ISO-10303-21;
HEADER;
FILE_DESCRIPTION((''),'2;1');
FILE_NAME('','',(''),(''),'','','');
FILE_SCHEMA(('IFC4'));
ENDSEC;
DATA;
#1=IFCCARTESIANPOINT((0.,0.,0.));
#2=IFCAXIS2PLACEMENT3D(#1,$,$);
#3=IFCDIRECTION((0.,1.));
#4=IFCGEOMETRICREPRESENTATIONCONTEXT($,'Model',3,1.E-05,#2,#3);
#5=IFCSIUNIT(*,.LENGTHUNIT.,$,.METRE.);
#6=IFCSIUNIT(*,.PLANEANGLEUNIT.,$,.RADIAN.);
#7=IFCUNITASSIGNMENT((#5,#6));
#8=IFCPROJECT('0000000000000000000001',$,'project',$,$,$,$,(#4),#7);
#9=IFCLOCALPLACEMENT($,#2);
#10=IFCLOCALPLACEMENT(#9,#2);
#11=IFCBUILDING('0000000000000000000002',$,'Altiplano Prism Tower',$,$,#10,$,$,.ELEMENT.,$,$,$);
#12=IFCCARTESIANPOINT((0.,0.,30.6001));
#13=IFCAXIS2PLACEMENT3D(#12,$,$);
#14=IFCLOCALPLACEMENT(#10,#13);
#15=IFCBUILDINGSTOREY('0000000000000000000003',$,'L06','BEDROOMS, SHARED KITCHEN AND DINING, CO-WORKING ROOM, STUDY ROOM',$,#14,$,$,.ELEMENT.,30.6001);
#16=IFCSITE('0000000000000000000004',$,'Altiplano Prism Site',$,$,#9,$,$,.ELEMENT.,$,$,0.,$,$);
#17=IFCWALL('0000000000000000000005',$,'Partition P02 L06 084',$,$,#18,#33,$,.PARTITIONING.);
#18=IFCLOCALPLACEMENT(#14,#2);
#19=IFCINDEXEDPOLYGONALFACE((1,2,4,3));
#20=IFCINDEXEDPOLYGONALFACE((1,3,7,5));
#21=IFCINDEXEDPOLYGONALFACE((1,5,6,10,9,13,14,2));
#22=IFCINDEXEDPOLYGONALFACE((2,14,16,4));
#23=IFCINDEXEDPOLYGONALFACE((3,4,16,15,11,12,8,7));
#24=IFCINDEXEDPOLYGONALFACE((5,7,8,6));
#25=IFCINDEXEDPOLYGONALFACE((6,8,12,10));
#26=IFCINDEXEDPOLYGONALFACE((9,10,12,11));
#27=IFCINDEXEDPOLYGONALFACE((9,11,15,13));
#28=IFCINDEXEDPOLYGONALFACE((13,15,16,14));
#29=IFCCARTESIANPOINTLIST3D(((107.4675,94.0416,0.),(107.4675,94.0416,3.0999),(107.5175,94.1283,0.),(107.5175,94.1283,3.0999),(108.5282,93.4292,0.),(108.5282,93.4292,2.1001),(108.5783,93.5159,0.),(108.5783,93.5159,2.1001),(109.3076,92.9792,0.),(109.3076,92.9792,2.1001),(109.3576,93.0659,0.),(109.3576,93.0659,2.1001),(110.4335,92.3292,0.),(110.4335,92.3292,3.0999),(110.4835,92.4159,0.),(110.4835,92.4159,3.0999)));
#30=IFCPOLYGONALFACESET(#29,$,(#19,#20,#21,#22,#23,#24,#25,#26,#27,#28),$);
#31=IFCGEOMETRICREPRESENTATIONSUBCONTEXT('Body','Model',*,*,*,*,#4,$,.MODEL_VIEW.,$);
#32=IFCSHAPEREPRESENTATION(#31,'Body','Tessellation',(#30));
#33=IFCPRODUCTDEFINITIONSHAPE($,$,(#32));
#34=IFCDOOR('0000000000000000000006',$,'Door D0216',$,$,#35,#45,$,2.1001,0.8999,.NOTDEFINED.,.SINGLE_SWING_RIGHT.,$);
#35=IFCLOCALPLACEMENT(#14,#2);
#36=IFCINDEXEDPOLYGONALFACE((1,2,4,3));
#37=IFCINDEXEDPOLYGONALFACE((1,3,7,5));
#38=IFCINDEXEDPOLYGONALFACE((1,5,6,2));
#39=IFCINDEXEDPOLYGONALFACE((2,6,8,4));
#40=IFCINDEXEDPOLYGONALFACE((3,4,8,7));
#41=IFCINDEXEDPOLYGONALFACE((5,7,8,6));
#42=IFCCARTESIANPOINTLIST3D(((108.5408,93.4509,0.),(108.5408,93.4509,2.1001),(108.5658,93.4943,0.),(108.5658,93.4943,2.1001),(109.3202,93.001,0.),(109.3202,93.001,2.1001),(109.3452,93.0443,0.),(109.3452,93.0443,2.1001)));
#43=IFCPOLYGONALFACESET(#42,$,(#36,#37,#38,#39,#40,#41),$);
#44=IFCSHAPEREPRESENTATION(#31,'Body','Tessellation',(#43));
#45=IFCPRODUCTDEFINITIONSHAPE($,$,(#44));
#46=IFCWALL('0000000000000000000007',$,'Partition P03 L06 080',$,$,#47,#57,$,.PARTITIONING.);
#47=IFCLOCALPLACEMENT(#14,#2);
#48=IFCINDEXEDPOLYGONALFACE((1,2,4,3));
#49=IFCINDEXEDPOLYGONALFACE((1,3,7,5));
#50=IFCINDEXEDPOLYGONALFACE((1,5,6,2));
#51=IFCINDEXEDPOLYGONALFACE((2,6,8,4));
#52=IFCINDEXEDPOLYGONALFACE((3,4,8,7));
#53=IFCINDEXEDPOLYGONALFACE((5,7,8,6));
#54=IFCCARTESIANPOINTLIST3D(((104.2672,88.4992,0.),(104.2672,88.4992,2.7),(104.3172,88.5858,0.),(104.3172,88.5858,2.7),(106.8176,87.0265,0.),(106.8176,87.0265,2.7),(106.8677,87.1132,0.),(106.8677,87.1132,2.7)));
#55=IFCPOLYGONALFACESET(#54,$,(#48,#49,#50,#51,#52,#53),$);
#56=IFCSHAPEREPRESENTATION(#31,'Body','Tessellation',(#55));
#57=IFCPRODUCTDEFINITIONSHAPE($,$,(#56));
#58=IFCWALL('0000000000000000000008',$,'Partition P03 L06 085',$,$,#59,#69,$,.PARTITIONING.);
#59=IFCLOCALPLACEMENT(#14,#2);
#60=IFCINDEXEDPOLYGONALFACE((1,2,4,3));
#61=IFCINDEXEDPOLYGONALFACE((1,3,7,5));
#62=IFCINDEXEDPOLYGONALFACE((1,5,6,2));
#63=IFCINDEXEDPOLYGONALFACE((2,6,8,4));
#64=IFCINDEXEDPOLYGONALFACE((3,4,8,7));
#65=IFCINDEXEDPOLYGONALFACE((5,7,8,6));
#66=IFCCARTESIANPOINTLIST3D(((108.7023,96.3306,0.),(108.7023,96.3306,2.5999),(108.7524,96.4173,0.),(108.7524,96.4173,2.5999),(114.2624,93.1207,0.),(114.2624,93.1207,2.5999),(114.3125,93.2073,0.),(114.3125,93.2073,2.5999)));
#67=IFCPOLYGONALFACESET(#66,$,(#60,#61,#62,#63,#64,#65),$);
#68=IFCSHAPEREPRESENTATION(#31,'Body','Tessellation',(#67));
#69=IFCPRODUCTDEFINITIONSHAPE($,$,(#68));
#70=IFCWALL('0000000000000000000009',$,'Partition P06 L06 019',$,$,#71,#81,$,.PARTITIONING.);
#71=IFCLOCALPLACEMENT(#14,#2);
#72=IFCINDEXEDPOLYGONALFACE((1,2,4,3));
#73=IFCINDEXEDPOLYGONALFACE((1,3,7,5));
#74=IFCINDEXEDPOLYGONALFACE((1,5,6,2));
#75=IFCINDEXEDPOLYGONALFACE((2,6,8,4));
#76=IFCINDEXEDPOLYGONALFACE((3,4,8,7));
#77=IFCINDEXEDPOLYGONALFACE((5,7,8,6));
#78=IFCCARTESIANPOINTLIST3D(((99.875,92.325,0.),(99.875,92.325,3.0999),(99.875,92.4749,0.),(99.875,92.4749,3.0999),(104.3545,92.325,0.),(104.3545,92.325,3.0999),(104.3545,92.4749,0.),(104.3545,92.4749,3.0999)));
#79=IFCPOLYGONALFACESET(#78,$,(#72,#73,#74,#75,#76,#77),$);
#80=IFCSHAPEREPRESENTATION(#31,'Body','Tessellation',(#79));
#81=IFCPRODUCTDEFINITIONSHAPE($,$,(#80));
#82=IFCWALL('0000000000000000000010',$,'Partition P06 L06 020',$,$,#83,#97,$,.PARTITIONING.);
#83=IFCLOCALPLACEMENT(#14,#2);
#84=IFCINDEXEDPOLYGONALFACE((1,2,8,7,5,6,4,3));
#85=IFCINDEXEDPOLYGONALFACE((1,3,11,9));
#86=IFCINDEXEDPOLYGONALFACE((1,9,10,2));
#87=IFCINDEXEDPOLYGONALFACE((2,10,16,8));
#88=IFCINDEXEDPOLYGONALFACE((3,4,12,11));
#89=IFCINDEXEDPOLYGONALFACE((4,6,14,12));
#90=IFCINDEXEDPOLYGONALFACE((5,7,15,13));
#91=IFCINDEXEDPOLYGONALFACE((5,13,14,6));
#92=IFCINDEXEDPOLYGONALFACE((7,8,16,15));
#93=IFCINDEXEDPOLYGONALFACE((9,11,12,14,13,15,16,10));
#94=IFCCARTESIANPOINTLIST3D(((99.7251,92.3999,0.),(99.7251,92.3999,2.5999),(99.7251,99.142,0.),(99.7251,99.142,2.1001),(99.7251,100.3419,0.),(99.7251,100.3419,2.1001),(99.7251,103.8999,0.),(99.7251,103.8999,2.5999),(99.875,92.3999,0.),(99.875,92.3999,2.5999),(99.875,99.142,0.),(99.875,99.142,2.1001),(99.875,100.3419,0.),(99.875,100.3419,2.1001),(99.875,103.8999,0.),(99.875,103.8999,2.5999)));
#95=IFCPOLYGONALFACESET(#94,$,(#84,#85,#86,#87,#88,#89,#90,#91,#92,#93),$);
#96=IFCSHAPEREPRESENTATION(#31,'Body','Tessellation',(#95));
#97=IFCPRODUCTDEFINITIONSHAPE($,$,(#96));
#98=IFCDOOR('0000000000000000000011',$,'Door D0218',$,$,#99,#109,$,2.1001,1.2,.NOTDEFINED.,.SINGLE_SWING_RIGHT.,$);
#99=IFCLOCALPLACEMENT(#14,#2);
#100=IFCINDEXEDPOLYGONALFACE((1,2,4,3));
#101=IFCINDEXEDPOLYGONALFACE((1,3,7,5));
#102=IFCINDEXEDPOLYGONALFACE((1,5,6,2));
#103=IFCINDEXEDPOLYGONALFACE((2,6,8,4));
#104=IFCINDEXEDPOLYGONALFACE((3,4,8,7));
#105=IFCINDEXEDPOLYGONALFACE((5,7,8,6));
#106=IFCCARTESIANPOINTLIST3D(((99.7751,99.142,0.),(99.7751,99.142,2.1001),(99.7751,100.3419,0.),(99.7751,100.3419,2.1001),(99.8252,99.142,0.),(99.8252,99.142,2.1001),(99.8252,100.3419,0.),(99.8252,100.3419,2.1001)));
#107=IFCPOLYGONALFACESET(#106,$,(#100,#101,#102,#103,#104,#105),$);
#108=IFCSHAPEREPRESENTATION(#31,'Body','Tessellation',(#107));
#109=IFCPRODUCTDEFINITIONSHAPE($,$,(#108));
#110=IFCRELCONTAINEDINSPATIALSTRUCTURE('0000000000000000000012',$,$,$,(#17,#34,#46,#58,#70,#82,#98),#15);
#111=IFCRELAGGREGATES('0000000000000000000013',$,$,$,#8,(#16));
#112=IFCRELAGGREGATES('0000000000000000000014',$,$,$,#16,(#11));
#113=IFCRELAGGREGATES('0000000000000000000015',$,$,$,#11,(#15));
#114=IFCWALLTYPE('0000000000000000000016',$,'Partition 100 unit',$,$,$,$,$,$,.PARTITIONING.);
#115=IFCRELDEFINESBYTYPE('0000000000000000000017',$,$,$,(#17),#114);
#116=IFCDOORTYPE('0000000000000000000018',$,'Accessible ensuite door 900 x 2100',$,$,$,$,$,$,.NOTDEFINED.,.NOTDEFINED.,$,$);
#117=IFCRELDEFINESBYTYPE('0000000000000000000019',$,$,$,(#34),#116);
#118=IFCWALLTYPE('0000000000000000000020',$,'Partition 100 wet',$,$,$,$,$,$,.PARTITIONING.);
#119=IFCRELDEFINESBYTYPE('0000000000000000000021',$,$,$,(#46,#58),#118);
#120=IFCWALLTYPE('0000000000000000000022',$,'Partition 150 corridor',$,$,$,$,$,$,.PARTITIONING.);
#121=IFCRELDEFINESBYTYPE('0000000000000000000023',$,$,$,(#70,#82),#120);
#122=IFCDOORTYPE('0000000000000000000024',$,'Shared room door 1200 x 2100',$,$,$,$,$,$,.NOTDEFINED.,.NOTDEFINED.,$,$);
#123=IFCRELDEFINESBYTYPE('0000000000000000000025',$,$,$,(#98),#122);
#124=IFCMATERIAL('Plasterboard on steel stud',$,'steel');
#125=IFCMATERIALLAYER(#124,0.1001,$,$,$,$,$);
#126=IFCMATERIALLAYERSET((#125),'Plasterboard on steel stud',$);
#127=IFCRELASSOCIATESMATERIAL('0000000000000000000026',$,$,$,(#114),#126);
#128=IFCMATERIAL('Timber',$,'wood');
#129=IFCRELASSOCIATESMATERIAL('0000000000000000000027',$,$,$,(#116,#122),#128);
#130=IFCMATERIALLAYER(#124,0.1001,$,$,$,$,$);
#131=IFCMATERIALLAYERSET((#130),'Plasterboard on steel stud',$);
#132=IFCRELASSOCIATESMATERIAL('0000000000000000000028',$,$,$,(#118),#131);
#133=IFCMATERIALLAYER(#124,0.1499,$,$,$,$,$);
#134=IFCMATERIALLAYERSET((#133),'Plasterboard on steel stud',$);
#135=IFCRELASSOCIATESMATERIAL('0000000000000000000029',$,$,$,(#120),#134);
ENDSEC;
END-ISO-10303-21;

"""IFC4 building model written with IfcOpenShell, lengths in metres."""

from ifc_helpers import new_model, si_unit, direction, frame, frame_2d, origin, place, context, subcontext, project, spatial, rectangle, extrude, material, layer, layer_set, type_object, element, fill, save


model = new_model("IFC4")

# Units and contexts
model_context = context("Model", 3, precision=1e-05, world=origin(), true_north=direction((0.0, 1.0)))
body_context = subcontext(model_context, "Body", "Model", "MODEL_VIEW")
ifc_project = project(units=[si_unit("LENGTHUNIT", "METRE"), si_unit("PLANEANGLEUNIT", "RADIAN")], contexts=[model_context])

# Site, building, storey
site_placement = place(None, origin())
site = spatial("IfcSite", under=ifc_project, at=site_placement, Name="Altiplano Prism Site", CompositionType="ELEMENT", RefElevation=0.0)
building_placement = place(site_placement, origin())
building = spatial("IfcBuilding", under=site, at=building_placement, Name="Altiplano Prism Tower", CompositionType="ELEMENT")
storey_placement = place(building_placement, frame((0.0, 0.0, 30.6001)))
storey = spatial("IfcBuildingStorey", under=building, at=storey_placement, Name="L06", Description="BEDROOMS, SHARED KITCHEN AND DINING, CO-WORKING ROOM, STUDY ROOM", CompositionType="ELEMENT", Elevation=30.6001)

# Shared definitions
ifc_material_1 = material(Name="Plasterboard on steel stud", Category="steel")
ifc_layer_1 = layer(ifc_material_1, 0.1001)
ifc_layer_set_1 = layer_set([ifc_layer_1], Name="Plasterboard on steel stud")
wall_type_1 = type_object("IfcWallType", Name="Partition 100 unit", PredefinedType="PARTITIONING", material=ifc_layer_set_1)

# Wall, opening, door
wall_1_placement = place(storey_placement, frame((110.4585, 92.3726, 0.0), z_axis=(0.0, 0.0, 1.0), x_axis=(-0.866032, 0.499988, 0.0)))
wall_1 = element("IfcWall", 1, at=wall_1_placement, inside=storey, type_object=wall_type_1, Name="Partition P02 L06 084", PredefinedType="PARTITIONING", context=body_context, shape_type="SweptSolid", body=[
    extrude(rectangle(XDim=3.4248, YDim=0.1001, at=frame_2d((1.7124, 0.0))), origin(), (0.0, 0.0, 1.0), 3.0999),
])
opening_1_placement = place(wall_1_placement, frame((1.3, 0.0, 0.0)))
opening_1 = element("IfcOpeningElement", 2, at=opening_1_placement, cuts=wall_1, PredefinedType="OPENING", context=body_context, shape_type="SweptSolid", body=[
    extrude(rectangle(XDim=0.8999, YDim=2.1001, at=frame_2d((0.45, 1.05))), frame((0.0, 0.0605, 0.0), z_axis=(0.0, -1.0, 0.0), x_axis=(1.0, 0.0, 0.0)), (0.0, 0.0, 1.0), 0.1211),
])
ifc_material_2 = material(Name="Timber", Category="wood")
door_type_1 = type_object("IfcDoorType", Name="Accessible ensuite door 900 x 2100", OperationType="NOTDEFINED", PredefinedType="NOTDEFINED", material=ifc_material_2)
door_1_placement = place(opening_1_placement, origin())
door_1 = element("IfcDoor", 3, at=door_1_placement, inside=storey, type_object=door_type_1, Name="Door D0216", OperationType="SINGLE_SWING_RIGHT", OverallHeight=2.1001, OverallWidth=0.8999, PredefinedType="NOTDEFINED", context=body_context, shape_type="SweptSolid", body=[
    extrude(rectangle(XDim=0.8999, YDim=2.1001, at=frame_2d((0.45, 1.05))), frame((0.0, 0.0249, 0.0), z_axis=(0.0, -1.0, 0.0), x_axis=(1.0, 0.0, 0.0)), (0.0, 0.0, 1.0), 0.05),
])
fill(opening_1, door_1)

# Walls
ifc_layer_2 = layer(ifc_material_1, 0.1001)
ifc_layer_set_2 = layer_set([ifc_layer_2], Name="Plasterboard on steel stud")
wall_type_2 = type_object("IfcWallType", Name="Partition 100 wet", PredefinedType="PARTITIONING", material=ifc_layer_set_2)
wall_2_placement = place(storey_placement, frame((106.8428, 87.0698, 0.0), z_axis=(0.0, 0.0, 1.0), x_axis=(-0.86601, 0.500026, 0.0)))
element("IfcWall", 4, at=wall_2_placement, inside=storey, type_object=wall_type_2, Name="Partition P03 L06 080", PredefinedType="PARTITIONING", context=body_context, shape_type="SweptSolid", body=[
    extrude(rectangle(XDim=2.9451, YDim=0.1001, at=frame_2d((1.4727, 0.0))), origin(), (0.0, 0.0, 1.0), 2.7),
])
wall_3_placement = place(storey_placement, frame((114.2874, 93.1641, 0.0), z_axis=(0.0, 0.0, 1.0), x_axis=(-0.866035, 0.499984, 0.0)))
element("IfcWall", 5, at=wall_3_placement, inside=storey, type_object=wall_type_2, Name="Partition P03 L06 085", PredefinedType="PARTITIONING", context=body_context, shape_type="SweptSolid", body=[
    extrude(rectangle(XDim=6.4202, YDim=0.1001, at=frame_2d((3.21, 0.0))), origin(), (0.0, 0.0, 1.0), 2.5999),
])
ifc_layer_3 = layer(ifc_material_1, 0.1499)
ifc_layer_set_3 = layer_set([ifc_layer_3], Name="Plasterboard on steel stud")
wall_type_3 = type_object("IfcWallType", Name="Partition 150 corridor", PredefinedType="PARTITIONING", material=ifc_layer_set_3)
wall_4_placement = place(storey_placement, frame((104.3545, 92.3999, 0.0), z_axis=(0.0, 0.0, 1.0), x_axis=(-1.0, 0.0, 0.0)))
element("IfcWall", 6, at=wall_4_placement, inside=storey, type_object=wall_type_3, Name="Partition P06 L06 019", PredefinedType="PARTITIONING", context=body_context, shape_type="SweptSolid", body=[
    extrude(rectangle(XDim=4.4795, YDim=0.1499, at=frame_2d((2.2397, 0.0))), origin(), (0.0, 0.0, 1.0), 3.0999),
])

# Wall, opening, door
wall_5_placement = place(storey_placement, frame((99.8, 92.3999, 0.0), z_axis=(0.0, 0.0, 1.0), x_axis=(0.0, 1.0, 0.0)))
wall_5 = element("IfcWall", 7, at=wall_5_placement, inside=storey, type_object=wall_type_3, Name="Partition P06 L06 020", PredefinedType="PARTITIONING", context=body_context, shape_type="SweptSolid", body=[
    extrude(rectangle(XDim=11.5, YDim=0.1499, at=frame_2d((5.75, 0.0))), origin(), (0.0, 0.0, 1.0), 2.5999),
])
opening_2_placement = place(wall_5_placement, frame((6.7419, 0.0, 0.0)))
opening_2 = element("IfcOpeningElement", 8, at=opening_2_placement, cuts=wall_5, PredefinedType="OPENING", context=body_context, shape_type="SweptSolid", body=[
    extrude(rectangle(XDim=1.2, YDim=2.1001, at=frame_2d((0.6001, 1.05))), frame((0.0, 0.0854, 0.0), z_axis=(0.0, -1.0, 0.0), x_axis=(1.0, 0.0, 0.0)), (0.0, 0.0, 1.0), 0.1709),
])
door_type_2 = type_object("IfcDoorType", Name="Shared room door 1200 x 2100", OperationType="NOTDEFINED", PredefinedType="NOTDEFINED", material=ifc_material_2)
door_2_placement = place(opening_2_placement, origin())
door_2 = element("IfcDoor", 9, at=door_2_placement, inside=storey, type_object=door_type_2, Name="Door D0218", OperationType="SINGLE_SWING_RIGHT", OverallHeight=2.1001, OverallWidth=1.2, PredefinedType="NOTDEFINED", context=body_context, shape_type="SweptSolid", body=[
    extrude(rectangle(XDim=1.2, YDim=2.1001, at=frame_2d((0.6001, 1.05))), frame((0.0, 0.0249, 0.0), z_axis=(0.0, -1.0, 0.0), x_axis=(1.0, 0.0, 0.0)), (0.0, 0.0, 1.0), 0.05),
])
fill(opening_2, door_2)

save(model, "model.ifc")
